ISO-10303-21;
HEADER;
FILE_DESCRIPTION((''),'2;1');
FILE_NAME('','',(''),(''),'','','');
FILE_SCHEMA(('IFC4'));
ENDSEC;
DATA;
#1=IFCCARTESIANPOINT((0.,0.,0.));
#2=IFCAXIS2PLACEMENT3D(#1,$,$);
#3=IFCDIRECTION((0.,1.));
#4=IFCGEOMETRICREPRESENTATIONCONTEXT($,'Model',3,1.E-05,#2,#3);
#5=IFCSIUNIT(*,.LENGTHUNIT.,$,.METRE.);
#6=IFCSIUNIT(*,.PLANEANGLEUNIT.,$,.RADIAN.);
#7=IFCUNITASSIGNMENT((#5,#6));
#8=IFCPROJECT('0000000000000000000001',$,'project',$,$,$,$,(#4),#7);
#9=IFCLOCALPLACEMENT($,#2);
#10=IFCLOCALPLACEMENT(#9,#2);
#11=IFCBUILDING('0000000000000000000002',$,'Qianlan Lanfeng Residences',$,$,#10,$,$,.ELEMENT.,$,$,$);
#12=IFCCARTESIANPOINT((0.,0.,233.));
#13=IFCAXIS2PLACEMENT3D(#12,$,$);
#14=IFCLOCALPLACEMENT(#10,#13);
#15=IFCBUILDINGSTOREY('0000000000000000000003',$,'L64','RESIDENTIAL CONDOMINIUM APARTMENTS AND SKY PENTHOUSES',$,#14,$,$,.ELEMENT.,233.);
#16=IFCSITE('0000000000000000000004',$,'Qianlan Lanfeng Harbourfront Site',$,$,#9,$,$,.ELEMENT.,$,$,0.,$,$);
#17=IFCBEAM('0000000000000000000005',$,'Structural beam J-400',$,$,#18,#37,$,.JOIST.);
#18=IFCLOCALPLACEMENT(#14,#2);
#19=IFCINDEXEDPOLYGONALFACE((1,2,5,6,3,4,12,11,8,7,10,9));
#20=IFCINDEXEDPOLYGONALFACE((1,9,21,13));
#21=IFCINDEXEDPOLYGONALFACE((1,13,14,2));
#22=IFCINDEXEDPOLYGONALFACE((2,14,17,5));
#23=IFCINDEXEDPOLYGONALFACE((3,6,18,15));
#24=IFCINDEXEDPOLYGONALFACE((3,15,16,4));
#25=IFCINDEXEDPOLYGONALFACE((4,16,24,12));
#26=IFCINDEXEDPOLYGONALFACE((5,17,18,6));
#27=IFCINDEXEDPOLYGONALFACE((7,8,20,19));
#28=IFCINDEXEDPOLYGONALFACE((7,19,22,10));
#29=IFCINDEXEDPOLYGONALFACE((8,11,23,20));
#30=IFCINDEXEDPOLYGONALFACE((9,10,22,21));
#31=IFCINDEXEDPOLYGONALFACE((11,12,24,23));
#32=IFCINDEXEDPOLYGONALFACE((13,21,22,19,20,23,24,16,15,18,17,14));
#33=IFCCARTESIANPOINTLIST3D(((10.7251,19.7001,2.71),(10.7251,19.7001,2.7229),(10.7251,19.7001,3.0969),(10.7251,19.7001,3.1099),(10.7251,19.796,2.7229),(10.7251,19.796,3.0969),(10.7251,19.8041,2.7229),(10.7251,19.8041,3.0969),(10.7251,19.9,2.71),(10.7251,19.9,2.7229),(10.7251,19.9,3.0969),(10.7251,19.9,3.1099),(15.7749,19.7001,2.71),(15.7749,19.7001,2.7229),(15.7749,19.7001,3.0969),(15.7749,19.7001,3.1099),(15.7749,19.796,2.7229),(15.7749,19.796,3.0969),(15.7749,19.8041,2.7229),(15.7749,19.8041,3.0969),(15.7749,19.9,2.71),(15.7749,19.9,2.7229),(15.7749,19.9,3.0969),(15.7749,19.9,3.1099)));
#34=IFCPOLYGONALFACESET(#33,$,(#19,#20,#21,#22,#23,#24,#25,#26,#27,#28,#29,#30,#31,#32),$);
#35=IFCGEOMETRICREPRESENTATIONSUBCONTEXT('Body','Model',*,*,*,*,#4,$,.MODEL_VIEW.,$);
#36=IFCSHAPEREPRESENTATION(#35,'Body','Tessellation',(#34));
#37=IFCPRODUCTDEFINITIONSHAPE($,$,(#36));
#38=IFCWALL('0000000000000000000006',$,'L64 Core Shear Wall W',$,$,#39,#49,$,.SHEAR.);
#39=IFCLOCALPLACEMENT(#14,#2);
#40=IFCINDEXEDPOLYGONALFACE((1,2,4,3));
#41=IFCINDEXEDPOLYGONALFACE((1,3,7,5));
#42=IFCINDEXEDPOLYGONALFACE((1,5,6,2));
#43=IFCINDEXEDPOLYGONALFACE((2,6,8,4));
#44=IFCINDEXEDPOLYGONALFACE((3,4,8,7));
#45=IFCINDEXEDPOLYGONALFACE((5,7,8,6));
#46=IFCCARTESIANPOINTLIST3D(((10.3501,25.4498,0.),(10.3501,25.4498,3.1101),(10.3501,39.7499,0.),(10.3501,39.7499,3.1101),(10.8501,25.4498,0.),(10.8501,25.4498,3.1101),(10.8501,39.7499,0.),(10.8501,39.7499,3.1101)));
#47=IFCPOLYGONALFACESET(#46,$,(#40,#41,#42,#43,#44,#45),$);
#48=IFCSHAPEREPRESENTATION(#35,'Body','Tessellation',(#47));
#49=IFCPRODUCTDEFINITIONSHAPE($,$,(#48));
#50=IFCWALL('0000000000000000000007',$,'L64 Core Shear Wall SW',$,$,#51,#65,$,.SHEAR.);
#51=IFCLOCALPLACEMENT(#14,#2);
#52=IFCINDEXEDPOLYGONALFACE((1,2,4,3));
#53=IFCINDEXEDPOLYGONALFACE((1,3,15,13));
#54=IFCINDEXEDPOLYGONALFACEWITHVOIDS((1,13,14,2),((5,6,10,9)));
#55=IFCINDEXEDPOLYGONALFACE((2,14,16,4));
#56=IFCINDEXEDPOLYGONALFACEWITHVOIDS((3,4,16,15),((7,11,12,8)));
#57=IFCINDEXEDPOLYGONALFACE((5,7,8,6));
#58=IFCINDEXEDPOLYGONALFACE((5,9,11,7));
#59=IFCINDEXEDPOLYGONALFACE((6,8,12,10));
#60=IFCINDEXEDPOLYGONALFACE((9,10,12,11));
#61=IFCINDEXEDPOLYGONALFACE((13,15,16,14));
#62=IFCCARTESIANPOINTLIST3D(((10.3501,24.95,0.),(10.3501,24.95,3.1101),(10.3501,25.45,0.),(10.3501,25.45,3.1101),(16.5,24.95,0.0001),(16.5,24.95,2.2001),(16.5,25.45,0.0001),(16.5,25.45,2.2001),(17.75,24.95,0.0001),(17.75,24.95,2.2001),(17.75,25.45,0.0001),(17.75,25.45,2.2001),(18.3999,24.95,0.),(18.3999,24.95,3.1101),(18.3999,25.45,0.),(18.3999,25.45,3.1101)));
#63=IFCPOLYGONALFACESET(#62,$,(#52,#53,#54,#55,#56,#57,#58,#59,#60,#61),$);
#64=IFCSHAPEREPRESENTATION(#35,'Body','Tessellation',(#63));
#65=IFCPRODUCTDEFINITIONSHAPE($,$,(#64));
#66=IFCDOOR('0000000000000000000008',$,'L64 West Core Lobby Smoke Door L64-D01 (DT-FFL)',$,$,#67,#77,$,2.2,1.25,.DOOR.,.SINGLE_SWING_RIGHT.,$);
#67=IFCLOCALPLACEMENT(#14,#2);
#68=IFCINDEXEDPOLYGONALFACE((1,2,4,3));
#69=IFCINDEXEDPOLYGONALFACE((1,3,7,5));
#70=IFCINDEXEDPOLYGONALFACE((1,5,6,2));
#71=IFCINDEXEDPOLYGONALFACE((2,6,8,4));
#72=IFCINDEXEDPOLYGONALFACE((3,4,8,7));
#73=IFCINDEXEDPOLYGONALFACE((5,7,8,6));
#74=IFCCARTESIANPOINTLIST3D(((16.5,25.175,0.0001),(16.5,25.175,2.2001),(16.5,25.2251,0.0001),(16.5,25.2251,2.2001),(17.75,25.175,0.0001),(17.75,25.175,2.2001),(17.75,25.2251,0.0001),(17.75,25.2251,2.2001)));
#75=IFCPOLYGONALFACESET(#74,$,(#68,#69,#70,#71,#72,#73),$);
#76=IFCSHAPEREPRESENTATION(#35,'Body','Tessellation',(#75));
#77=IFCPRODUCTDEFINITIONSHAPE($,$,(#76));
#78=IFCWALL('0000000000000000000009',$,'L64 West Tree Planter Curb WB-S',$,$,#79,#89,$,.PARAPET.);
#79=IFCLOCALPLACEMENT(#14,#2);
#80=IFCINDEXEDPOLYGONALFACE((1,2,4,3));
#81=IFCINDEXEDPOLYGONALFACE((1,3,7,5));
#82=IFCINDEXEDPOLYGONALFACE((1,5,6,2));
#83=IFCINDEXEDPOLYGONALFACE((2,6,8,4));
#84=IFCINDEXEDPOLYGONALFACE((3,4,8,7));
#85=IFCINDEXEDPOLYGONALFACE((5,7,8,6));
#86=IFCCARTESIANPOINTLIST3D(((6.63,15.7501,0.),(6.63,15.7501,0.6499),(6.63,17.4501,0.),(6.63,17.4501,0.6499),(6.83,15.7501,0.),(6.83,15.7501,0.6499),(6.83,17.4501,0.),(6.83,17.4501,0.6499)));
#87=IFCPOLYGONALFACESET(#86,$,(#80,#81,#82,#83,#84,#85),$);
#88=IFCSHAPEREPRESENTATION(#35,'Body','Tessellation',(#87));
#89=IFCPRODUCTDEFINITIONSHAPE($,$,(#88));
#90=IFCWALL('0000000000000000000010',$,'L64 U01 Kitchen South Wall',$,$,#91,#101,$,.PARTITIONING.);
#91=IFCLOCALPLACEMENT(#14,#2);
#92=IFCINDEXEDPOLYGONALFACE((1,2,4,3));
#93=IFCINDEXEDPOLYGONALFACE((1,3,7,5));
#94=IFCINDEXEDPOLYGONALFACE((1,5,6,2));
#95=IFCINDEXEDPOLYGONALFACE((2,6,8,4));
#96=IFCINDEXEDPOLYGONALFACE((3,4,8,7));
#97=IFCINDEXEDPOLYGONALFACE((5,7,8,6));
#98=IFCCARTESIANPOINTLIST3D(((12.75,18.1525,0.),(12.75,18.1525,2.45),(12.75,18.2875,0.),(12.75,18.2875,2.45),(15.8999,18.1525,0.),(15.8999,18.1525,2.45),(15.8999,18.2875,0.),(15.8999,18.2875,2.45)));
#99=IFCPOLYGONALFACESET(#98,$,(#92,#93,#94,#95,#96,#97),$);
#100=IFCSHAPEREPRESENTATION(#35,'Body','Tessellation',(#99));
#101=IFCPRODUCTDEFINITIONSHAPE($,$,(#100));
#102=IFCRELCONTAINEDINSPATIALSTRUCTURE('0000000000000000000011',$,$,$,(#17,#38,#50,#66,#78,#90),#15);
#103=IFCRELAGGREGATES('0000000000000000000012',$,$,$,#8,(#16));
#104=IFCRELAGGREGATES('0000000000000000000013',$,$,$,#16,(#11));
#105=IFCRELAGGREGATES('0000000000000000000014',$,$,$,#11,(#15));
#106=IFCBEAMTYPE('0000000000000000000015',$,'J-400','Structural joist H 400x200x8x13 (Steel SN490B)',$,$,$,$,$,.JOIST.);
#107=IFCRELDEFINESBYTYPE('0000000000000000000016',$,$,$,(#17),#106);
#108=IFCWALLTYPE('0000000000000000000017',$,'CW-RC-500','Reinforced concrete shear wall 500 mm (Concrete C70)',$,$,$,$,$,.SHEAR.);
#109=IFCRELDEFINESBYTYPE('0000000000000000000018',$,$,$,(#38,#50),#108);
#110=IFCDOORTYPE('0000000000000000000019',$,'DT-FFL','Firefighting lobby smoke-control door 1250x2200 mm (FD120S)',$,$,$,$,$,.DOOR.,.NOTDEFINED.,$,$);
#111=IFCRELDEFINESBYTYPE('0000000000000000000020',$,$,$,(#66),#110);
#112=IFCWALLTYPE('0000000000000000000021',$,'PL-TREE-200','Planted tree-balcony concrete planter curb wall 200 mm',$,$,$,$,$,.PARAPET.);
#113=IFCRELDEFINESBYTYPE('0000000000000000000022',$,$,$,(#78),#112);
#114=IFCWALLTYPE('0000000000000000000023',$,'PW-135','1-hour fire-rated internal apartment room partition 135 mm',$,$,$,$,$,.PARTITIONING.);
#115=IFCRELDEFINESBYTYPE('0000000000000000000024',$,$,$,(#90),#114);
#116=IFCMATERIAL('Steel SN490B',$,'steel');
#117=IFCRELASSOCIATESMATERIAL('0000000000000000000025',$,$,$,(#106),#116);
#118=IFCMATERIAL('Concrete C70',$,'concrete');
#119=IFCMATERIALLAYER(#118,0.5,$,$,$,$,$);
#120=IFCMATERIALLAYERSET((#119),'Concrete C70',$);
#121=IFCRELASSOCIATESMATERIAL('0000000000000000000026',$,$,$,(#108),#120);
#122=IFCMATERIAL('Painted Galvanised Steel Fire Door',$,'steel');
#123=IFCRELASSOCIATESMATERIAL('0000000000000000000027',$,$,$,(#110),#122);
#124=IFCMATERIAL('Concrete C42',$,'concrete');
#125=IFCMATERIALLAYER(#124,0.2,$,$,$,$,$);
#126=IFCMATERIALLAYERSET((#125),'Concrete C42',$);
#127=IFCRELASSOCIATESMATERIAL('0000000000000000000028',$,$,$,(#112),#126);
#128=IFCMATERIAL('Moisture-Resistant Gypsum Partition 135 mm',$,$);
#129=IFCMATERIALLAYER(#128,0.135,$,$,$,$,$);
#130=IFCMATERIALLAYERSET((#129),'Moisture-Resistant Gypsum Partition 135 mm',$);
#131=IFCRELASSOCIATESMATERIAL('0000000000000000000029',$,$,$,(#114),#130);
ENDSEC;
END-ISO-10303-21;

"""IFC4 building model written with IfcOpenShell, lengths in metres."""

from ifc_helpers import new_model, si_unit, direction, frame, frame_2d, origin, origin_2d, place, context, subcontext, project, spatial, rectangle, i_section, extrude, material, layer, layer_set, material_profile, profile_set, type_object, element, fill, save


model = new_model("IFC4")

# Units and contexts
model_context = context("Model", 3, precision=1e-05, world=origin(), true_north=direction((0.0, 1.0)))
body_context = subcontext(model_context, "Body", "Model", "MODEL_VIEW")
ifc_project = project(units=[si_unit("LENGTHUNIT", "METRE"), si_unit("PLANEANGLEUNIT", "RADIAN")], contexts=[model_context])

# Site, building, storey
site_placement = place(None, origin())
site = spatial("IfcSite", under=ifc_project, at=site_placement, Name="Qianlan Lanfeng Harbourfront Site", CompositionType="ELEMENT", RefElevation=0.0)
building_placement = place(site_placement, origin())
building = spatial("IfcBuilding", under=site, at=building_placement, Name="Qianlan Lanfeng Residences", CompositionType="ELEMENT")
storey_placement = place(building_placement, frame((0.0, 0.0, 233.0)))
storey = spatial("IfcBuildingStorey", under=building, at=storey_placement, Name="L64", Description="RESIDENTIAL CONDOMINIUM APARTMENTS AND SKY PENTHOUSES", CompositionType="ELEMENT", Elevation=233.0)

# Beam
ifc_material_1 = material(Name="Steel SN490B", Category="steel")
ifc_material_profile = material_profile(ifc_material_1, i_section(OverallWidth=0.2, OverallDepth=0.3999, WebThickness=0.0081, FlangeThickness=0.0129, at=origin_2d()), Name="H 400x200x8x13")
ifc_profile_set = profile_set([ifc_material_profile], Name="Steel SN490B")
beam_type = type_object("IfcBeamType", Name="J-400", Description="Structural joist H 400x200x8x13 (Steel SN490B)", PredefinedType="JOIST", material=ifc_profile_set)
beam_placement = place(storey_placement, frame((10.7251, 19.8, 2.9099), z_axis=(1.0, 0.0, 0.0), x_axis=(0.0, 1.0, 0.0)))
element("IfcBeam", 1, at=beam_placement, inside=storey, type_object=beam_type, Name="Structural beam J-400", PredefinedType="JOIST", context=body_context, shape_type="SweptSolid", body=[
    extrude(i_section(OverallWidth=0.2, OverallDepth=0.3999, WebThickness=0.0081, FlangeThickness=0.0129, at=origin_2d()), origin(), (0.0, 0.0, 1.0), 5.0498),
])

# Wall
ifc_material_2 = material(Name="Concrete C70", Category="concrete")
ifc_layer_1 = layer(ifc_material_2, 0.5)
ifc_layer_set_1 = layer_set([ifc_layer_1], Name="Concrete C70")
wall_type_1 = type_object("IfcWallType", Name="CW-RC-500", Description="Reinforced concrete shear wall 500 mm (Concrete C70)", PredefinedType="SHEAR", material=ifc_layer_set_1)
wall_1_placement = place(storey_placement, frame((10.6001, 25.45, 0.0), z_axis=(0.0, 0.0, 1.0), x_axis=(0.0, 1.0, 0.0)))
element("IfcWall", 2, at=wall_1_placement, inside=storey, type_object=wall_type_1, Name="L64 Core Shear Wall W", PredefinedType="SHEAR", context=body_context, shape_type="SweptSolid", body=[
    extrude(rectangle(XDim=14.3, YDim=0.5, at=frame_2d((7.1499, 0.0))), origin(), (0.0, 0.0, 1.0), 3.1101),
])

# Wall, opening, door
wall_2_placement = place(storey_placement, frame((10.3501, 25.2, 0.0), z_axis=(0.0, 0.0, 1.0), x_axis=(1.0, 0.0, 0.0)))
wall_2 = element("IfcWall", 3, at=wall_2_placement, inside=storey, type_object=wall_type_1, Name="L64 Core Shear Wall SW", PredefinedType="SHEAR", context=body_context, shape_type="SweptSolid", body=[
    extrude(rectangle(XDim=8.0498, YDim=0.5, at=frame_2d((4.0249, 0.0))), origin(), (0.0, 0.0, 1.0), 3.1101),
])
opening_1_placement = place(wall_2_placement, frame((6.1499, 0.0, 0.0)))
opening_1 = element("IfcOpeningElement", 4, at=opening_1_placement, cuts=wall_2, PredefinedType="OPENING", context=body_context, shape_type="SweptSolid", body=[
    extrude(rectangle(XDim=1.25, YDim=2.2, at=frame_2d((0.625, 1.1001))), frame((0.0, 0.26, 0.0), z_axis=(0.0, -1.0, 0.0), x_axis=(1.0, 0.0, 0.0)), (0.0, 0.0, 1.0), 0.52),
])
ifc_material_3 = material(Name="Painted Galvanised Steel Fire Door", Category="steel")
door_type_1 = type_object("IfcDoorType", Name="DT-FFL", Description="Firefighting lobby smoke-control door 1250x2200 mm (FD120S)", OperationType="NOTDEFINED", PredefinedType="DOOR", material=ifc_material_3)
door_1_placement = place(opening_1_placement, frame((1.25, 0.0, 0.0), z_axis=(0.0, 0.0, 1.0), x_axis=(-1.0, 0.0, 0.0)))
door_1 = element("IfcDoor", 5, at=door_1_placement, inside=storey, type_object=door_type_1, Name="L64 West Core Lobby Smoke Door L64-D01 (DT-FFL)", OperationType="SINGLE_SWING_RIGHT", OverallHeight=2.2, OverallWidth=1.25, PredefinedType="DOOR", context=body_context, shape_type="SweptSolid", body=[
    extrude(rectangle(XDim=1.25, YDim=2.2, at=frame_2d((0.625, 1.1001))), frame((0.0, 0.0249, 0.0), z_axis=(0.0, -1.0, 0.0), x_axis=(1.0, 0.0, 0.0)), (0.0, 0.0, 1.0), 0.05),
])
fill(opening_1, door_1)

# Wall
ifc_material_4 = material(Name="Concrete C42", Category="concrete")
ifc_layer_2 = layer(ifc_material_4, 0.2)
ifc_layer_set_2 = layer_set([ifc_layer_2], Name="Concrete C42")
wall_type_2 = type_object("IfcWallType", Name="PL-TREE-200", Description="Planted tree-balcony concrete planter curb wall 200 mm", PredefinedType="PARAPET", material=ifc_layer_set_2)
wall_3_placement = place(storey_placement, frame((6.73, 15.75, 0.0), z_axis=(0.0, 0.0, 1.0), x_axis=(0.0, 1.0, 0.0)))
element("IfcWall", 6, at=wall_3_placement, inside=storey, type_object=wall_type_2, Name="L64 West Tree Planter Curb WB-S", PredefinedType="PARAPET", context=body_context, shape_type="SweptSolid", body=[
    extrude(rectangle(XDim=1.7, YDim=0.2, at=frame_2d((0.8501, 0.0))), origin(), (0.0, 0.0, 1.0), 0.6499),
])

# Shared definitions
ifc_material_5 = material(Name="Moisture-Resistant Gypsum Partition 135 mm")
ifc_layer_3 = layer(ifc_material_5, 0.135)
ifc_layer_set_3 = layer_set([ifc_layer_3], Name="Moisture-Resistant Gypsum Partition 135 mm")
wall_type_3 = type_object("IfcWallType", Name="PW-135", Description="1-hour fire-rated internal apartment room partition 135 mm", PredefinedType="PARTITIONING", material=ifc_layer_set_3)

# Wall
wall_4_placement = place(storey_placement, frame((12.75, 18.22, 0.0), z_axis=(0.0, 0.0, 1.0), x_axis=(1.0, 0.0, 0.0)))
element("IfcWall", 7, at=wall_4_placement, inside=storey, type_object=wall_type_3, Name="L64 U01 Kitchen South Wall", PredefinedType="PARTITIONING", context=body_context, shape_type="SweptSolid", body=[
    extrude(rectangle(XDim=3.1499, YDim=0.135, at=frame_2d((1.575, 0.0))), origin(), (0.0, 0.0, 1.0), 2.45),
])

save(model, "model.ifc")
